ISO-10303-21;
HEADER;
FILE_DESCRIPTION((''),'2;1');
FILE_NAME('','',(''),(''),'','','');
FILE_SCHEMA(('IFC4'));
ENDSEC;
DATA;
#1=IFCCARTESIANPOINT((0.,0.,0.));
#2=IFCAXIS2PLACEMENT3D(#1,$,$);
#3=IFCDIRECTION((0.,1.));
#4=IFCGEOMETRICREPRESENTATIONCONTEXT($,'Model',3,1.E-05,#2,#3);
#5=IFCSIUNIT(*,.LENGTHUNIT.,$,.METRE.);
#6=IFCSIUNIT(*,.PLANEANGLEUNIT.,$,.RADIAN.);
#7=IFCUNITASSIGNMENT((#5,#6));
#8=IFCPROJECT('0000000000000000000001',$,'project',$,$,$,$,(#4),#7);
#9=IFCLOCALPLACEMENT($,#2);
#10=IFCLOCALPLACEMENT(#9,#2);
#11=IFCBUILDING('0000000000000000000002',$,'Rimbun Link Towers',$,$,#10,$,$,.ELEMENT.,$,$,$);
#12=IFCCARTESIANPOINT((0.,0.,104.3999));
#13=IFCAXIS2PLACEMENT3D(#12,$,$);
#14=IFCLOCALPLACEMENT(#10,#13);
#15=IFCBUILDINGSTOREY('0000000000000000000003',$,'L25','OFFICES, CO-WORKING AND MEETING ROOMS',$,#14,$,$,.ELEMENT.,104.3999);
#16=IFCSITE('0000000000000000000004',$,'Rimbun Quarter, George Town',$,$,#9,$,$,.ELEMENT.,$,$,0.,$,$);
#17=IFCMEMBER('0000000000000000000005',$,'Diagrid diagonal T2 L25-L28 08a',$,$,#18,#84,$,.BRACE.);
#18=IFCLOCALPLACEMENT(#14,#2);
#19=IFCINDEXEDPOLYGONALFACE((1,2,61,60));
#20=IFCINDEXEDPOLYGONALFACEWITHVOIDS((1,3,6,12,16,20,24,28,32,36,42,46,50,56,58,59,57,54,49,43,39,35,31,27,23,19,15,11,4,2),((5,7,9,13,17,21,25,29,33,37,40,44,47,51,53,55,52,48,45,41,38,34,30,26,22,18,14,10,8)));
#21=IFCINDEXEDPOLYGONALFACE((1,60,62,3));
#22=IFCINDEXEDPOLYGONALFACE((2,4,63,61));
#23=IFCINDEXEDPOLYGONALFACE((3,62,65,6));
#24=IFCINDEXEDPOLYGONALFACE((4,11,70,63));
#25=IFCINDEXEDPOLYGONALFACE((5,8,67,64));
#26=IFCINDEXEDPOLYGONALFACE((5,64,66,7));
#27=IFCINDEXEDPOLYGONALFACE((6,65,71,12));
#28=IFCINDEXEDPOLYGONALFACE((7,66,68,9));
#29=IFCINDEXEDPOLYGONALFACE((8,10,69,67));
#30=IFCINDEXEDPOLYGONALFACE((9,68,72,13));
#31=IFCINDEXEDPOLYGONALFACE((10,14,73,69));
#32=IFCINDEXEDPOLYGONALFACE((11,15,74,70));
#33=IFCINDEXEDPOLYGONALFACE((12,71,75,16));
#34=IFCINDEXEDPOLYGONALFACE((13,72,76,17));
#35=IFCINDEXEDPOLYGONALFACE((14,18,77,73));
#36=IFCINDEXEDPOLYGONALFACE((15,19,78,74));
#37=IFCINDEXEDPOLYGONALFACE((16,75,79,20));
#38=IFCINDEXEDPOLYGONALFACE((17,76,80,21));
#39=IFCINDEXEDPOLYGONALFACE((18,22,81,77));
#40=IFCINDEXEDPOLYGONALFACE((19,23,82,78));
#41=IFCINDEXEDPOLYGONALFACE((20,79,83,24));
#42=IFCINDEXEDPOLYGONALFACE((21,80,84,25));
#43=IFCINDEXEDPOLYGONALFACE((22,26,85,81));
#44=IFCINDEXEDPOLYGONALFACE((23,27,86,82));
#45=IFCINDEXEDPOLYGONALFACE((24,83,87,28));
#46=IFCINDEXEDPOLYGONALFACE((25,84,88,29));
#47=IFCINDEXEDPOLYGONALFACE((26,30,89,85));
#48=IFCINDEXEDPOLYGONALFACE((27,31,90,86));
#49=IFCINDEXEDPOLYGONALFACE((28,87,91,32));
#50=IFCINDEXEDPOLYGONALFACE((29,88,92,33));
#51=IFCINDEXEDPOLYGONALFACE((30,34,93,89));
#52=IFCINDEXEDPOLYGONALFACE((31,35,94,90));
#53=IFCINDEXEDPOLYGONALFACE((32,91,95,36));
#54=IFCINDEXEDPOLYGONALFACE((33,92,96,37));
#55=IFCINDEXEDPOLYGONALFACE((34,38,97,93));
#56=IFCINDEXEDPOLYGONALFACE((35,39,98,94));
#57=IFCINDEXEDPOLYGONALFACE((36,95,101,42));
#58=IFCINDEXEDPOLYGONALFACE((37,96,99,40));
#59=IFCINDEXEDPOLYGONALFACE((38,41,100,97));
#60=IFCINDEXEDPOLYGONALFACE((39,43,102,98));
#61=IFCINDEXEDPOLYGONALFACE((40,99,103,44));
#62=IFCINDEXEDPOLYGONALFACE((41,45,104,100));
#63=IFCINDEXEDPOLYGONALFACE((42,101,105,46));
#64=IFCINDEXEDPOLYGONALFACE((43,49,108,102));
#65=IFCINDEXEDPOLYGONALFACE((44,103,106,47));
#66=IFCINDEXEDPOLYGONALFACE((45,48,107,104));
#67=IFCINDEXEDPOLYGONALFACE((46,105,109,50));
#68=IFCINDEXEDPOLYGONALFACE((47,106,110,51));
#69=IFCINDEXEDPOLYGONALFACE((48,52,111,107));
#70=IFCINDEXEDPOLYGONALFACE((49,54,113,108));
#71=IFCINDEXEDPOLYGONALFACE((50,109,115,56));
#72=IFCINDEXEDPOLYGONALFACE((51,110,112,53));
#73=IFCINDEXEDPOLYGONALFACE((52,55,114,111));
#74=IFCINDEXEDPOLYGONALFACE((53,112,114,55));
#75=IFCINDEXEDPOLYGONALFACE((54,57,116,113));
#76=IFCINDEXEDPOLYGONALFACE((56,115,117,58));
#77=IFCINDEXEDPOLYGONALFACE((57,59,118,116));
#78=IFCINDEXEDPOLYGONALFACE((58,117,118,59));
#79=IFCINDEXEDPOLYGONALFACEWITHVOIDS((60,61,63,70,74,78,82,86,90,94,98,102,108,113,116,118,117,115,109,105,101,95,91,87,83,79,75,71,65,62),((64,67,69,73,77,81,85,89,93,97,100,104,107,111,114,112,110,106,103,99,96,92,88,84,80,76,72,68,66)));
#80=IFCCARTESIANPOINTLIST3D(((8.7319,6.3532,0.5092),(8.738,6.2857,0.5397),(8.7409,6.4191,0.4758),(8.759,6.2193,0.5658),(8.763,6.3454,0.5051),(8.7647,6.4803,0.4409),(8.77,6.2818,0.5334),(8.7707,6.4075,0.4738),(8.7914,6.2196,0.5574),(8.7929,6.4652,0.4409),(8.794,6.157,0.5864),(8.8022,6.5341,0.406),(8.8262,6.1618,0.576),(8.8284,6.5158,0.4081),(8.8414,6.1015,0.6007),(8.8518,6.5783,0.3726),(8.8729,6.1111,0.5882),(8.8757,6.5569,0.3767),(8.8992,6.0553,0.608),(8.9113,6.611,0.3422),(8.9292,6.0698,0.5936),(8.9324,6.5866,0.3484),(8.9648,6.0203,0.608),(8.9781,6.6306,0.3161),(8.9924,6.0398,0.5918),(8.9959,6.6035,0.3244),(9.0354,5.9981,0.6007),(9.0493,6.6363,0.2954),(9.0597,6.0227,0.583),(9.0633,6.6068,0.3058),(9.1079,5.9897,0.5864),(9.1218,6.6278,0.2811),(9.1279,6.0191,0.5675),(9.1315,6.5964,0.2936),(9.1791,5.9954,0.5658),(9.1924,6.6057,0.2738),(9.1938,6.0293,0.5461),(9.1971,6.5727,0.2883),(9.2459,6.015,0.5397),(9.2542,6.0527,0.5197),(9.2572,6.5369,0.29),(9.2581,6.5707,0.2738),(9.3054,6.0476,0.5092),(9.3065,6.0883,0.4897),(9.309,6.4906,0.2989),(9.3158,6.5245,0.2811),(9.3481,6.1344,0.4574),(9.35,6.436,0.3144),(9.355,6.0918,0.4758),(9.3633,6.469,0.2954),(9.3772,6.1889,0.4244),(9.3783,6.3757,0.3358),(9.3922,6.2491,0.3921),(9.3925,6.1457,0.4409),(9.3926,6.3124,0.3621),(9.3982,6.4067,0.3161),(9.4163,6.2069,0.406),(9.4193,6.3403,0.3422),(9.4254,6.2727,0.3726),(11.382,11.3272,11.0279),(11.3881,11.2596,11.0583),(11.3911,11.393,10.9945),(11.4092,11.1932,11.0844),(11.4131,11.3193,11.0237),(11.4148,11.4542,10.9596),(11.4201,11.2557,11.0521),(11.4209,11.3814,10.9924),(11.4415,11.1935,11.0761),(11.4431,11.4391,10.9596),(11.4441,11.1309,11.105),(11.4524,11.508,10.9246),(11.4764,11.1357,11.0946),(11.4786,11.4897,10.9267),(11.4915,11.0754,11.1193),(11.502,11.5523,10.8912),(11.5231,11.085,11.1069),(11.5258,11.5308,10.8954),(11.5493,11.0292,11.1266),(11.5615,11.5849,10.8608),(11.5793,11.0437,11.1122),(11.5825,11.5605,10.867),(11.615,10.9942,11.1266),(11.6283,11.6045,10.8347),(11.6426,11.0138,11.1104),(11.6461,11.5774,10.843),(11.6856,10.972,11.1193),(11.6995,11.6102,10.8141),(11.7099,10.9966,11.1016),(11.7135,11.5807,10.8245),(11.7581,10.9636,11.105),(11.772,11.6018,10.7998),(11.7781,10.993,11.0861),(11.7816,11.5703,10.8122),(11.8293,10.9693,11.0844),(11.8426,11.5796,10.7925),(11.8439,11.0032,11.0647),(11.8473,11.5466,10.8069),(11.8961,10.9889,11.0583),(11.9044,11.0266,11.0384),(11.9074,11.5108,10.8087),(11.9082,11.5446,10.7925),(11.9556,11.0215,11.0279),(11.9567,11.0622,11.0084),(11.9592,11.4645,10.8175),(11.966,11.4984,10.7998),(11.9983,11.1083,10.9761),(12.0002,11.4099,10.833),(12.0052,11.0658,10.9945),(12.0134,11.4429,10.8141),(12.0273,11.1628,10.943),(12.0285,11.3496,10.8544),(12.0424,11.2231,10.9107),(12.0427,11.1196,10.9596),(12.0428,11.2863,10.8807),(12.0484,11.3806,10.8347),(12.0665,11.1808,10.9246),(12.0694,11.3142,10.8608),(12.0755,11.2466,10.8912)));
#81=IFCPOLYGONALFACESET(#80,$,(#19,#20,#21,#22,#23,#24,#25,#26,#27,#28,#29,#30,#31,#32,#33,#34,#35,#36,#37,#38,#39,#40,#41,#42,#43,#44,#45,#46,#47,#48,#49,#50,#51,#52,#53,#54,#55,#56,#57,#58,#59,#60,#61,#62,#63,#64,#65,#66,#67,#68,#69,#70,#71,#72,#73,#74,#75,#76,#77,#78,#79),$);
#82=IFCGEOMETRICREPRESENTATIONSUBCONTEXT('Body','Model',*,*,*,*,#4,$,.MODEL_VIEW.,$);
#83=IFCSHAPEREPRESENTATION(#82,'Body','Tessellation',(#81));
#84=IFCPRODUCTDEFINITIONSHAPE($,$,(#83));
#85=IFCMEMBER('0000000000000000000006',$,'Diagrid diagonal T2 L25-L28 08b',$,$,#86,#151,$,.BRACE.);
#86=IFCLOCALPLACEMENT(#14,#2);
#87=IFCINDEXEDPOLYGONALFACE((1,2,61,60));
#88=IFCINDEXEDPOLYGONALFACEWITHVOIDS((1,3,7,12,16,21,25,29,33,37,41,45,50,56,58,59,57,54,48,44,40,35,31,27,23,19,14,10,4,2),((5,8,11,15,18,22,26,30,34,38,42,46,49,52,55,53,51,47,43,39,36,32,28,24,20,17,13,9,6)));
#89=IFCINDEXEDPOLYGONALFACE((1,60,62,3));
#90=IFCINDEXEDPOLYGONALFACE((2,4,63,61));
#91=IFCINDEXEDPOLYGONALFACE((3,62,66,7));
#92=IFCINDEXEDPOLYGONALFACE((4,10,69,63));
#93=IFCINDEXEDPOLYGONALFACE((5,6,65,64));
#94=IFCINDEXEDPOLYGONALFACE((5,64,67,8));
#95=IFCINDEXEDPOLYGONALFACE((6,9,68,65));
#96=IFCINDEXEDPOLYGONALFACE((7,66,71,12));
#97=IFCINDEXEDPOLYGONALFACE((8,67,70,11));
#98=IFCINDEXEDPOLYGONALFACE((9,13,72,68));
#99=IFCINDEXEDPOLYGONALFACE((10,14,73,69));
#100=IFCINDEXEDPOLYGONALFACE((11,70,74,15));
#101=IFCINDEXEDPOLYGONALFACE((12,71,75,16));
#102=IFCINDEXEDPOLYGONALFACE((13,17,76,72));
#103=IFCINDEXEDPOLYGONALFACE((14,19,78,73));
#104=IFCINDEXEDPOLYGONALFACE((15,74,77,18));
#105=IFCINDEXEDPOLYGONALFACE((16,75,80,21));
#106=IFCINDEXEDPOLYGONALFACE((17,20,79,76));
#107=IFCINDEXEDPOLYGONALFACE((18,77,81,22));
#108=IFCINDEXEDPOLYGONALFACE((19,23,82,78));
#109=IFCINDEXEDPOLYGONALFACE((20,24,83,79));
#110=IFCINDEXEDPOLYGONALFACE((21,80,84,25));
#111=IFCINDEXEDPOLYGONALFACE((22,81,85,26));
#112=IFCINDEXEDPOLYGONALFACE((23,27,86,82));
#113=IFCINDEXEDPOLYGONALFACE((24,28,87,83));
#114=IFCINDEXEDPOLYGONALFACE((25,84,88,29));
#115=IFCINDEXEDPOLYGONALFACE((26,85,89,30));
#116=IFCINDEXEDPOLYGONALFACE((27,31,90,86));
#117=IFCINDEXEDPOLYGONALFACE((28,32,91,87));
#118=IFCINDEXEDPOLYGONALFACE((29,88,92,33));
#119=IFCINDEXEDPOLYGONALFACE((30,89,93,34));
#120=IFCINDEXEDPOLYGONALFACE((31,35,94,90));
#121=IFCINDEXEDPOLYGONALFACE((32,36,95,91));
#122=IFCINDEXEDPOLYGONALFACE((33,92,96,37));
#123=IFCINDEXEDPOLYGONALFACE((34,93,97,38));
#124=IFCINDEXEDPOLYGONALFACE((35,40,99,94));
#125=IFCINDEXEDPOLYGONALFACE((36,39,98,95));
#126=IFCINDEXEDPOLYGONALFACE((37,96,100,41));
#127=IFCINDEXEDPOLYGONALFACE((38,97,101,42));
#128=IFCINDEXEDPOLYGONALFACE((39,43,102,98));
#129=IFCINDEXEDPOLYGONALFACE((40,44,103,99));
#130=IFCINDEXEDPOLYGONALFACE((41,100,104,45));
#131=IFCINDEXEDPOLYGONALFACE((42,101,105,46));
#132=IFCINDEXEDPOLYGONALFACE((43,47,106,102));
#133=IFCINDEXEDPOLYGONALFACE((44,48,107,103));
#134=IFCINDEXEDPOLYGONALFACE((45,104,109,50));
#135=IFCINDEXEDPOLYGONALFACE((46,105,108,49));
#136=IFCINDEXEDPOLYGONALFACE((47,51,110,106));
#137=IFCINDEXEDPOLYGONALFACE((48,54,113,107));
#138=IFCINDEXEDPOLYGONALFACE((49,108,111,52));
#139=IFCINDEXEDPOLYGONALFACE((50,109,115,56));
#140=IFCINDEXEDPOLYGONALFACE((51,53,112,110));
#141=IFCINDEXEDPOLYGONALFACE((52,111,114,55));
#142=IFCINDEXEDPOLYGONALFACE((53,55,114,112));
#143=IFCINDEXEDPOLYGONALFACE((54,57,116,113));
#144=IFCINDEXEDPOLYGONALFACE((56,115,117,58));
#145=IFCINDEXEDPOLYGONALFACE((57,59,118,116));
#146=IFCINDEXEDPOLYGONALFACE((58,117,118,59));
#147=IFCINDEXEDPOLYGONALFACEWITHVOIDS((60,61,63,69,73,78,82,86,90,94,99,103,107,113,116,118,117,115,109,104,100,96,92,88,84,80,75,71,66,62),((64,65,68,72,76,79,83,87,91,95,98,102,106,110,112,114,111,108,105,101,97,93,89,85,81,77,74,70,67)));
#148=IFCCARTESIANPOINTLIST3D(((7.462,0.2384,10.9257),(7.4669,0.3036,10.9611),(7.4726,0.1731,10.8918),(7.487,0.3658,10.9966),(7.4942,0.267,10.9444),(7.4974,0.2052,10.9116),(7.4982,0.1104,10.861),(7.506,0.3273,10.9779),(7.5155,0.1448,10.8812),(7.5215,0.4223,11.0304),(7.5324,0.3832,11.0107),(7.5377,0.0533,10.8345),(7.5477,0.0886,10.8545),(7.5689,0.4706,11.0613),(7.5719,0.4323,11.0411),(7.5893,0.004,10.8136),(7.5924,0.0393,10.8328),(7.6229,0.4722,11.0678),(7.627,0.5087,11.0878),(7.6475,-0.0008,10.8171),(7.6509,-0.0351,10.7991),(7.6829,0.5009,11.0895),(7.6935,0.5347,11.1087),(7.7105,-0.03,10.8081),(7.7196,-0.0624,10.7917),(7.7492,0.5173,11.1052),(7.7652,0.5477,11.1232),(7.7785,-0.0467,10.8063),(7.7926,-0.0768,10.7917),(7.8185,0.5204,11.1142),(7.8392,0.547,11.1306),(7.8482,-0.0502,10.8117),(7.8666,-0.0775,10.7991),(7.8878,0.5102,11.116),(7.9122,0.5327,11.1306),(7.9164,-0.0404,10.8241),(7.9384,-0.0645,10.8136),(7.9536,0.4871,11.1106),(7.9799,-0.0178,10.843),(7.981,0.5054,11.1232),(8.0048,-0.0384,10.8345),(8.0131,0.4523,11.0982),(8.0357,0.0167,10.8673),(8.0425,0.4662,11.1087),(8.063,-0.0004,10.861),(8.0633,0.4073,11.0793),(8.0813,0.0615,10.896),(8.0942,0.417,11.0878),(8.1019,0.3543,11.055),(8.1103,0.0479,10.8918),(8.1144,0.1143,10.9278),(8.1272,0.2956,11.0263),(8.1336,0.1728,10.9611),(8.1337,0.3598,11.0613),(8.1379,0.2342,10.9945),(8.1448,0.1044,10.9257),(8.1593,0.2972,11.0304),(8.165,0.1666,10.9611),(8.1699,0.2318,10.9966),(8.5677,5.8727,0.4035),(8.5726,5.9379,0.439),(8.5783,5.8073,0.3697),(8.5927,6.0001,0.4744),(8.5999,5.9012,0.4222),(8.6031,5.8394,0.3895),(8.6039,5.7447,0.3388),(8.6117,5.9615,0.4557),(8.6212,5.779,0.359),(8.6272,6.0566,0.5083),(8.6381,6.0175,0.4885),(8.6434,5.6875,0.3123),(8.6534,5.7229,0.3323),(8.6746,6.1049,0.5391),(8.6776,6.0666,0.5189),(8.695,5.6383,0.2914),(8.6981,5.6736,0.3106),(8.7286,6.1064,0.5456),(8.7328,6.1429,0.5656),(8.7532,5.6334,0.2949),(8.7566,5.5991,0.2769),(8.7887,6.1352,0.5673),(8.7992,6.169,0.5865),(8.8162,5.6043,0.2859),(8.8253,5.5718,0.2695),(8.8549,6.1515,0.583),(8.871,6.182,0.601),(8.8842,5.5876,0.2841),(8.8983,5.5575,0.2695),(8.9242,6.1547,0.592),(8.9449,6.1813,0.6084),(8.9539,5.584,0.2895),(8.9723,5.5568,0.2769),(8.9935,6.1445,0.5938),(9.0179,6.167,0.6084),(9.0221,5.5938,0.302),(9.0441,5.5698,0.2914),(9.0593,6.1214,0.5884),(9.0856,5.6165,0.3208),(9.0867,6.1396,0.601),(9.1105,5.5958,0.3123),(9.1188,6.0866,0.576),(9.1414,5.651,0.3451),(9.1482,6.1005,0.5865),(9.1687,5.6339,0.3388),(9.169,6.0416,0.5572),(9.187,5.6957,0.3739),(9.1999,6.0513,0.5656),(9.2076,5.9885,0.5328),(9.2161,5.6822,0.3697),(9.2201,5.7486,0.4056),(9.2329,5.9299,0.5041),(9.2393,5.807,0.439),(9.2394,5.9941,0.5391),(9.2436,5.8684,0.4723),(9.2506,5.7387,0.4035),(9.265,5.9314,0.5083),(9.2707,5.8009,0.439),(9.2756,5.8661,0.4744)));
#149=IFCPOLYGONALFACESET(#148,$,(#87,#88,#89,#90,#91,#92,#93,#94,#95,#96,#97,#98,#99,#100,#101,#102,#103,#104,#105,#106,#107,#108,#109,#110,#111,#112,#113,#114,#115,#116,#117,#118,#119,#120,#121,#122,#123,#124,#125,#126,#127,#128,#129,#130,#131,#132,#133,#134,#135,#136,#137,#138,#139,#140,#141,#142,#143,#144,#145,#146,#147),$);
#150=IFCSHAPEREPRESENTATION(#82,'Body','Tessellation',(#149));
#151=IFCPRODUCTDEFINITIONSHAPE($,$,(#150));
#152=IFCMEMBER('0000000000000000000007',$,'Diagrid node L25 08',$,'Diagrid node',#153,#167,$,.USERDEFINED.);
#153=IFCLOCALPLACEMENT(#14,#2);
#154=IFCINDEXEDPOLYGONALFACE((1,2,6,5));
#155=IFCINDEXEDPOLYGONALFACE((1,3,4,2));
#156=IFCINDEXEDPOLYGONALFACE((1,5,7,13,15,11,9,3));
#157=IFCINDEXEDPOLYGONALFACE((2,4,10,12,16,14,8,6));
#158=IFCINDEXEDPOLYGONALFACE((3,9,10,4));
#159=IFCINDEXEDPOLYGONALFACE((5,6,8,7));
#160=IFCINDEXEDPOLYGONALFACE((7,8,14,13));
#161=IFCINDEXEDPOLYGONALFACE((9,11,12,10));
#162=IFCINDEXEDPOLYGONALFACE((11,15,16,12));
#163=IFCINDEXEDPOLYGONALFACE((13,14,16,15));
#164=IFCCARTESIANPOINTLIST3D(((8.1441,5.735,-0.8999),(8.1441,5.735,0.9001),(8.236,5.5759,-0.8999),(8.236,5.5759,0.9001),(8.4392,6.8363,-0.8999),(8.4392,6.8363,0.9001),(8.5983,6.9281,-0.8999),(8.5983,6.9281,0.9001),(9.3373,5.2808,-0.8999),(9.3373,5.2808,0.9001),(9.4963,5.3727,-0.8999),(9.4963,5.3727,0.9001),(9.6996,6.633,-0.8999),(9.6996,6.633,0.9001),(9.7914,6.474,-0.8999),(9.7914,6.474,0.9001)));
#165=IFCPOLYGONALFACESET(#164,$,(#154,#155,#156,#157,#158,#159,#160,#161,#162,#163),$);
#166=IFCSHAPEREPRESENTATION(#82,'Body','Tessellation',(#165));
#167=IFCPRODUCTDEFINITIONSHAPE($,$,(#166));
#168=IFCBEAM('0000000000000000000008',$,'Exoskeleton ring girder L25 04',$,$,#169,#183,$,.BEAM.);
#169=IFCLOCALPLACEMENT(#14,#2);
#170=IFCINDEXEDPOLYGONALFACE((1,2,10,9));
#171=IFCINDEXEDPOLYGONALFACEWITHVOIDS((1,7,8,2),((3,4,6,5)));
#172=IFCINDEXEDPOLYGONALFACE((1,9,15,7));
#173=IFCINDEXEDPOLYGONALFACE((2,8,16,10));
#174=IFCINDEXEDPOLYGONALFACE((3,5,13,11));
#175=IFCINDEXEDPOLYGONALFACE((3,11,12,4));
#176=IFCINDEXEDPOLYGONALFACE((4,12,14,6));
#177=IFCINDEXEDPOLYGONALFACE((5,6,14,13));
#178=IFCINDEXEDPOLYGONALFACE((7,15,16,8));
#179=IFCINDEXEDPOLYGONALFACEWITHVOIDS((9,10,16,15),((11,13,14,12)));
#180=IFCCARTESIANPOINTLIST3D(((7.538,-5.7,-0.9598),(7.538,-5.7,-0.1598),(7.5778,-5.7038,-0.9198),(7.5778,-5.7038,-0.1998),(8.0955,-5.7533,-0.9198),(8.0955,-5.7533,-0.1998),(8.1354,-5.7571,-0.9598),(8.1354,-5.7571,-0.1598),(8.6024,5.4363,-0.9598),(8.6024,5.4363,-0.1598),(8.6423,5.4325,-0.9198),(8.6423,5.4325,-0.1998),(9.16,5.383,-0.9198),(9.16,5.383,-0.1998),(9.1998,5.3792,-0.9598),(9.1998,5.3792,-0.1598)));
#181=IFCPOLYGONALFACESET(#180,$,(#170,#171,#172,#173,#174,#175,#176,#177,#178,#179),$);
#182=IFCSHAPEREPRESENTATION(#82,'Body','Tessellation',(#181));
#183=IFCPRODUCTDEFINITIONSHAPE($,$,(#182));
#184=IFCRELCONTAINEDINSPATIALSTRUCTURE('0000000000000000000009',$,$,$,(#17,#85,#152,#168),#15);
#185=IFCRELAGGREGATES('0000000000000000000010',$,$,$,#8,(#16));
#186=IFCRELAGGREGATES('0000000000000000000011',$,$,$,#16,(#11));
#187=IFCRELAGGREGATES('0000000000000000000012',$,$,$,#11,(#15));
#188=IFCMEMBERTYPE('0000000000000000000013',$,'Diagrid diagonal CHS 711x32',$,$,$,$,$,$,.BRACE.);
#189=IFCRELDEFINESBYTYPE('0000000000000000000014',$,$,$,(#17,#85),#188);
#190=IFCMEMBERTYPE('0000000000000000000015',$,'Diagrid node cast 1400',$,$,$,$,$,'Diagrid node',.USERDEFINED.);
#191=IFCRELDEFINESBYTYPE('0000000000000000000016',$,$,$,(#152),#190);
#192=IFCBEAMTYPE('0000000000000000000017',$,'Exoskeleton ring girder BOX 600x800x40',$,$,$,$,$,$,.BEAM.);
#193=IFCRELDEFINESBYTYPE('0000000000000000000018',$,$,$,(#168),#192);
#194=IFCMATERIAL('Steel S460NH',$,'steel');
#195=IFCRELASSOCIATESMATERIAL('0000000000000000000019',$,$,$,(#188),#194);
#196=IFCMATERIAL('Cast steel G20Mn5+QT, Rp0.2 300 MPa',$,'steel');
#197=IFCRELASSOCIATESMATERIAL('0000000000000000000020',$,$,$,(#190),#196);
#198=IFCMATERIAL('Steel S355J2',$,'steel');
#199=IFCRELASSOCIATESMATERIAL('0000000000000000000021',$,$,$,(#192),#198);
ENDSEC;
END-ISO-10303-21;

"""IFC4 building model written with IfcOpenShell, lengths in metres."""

from ifc_helpers import new_model, si_unit, direction, frame, origin, origin_2d, place, context, subcontext, project, spatial, polyline, hollow_rectangle, hollow_circle, outline, extrude, material, material_profile, profile_set, type_object, element, save


model = new_model("IFC4")

# Units and contexts
model_context = context("Model", 3, precision=1e-05, world=origin(), true_north=direction((0.0, 1.0)))
body_context = subcontext(model_context, "Body", "Model", "MODEL_VIEW")
ifc_project = project(units=[si_unit("LENGTHUNIT", "METRE"), si_unit("PLANEANGLEUNIT", "RADIAN")], contexts=[model_context])

# Site, building, storey
site_placement = place(None, origin())
site = spatial("IfcSite", under=ifc_project, at=site_placement, Name="Rimbun Quarter, George Town", CompositionType="ELEMENT", RefElevation=0.0)
building_placement = place(site_placement, origin())
building = spatial("IfcBuilding", under=site, at=building_placement, Name="Rimbun Link Towers", CompositionType="ELEMENT")
storey_placement = place(building_placement, frame((0.0, 0.0, 104.3999)))
storey = spatial("IfcBuildingStorey", under=building, at=storey_placement, Name="L25", Description="OFFICES, CO-WORKING AND MEETING ROOMS", CompositionType="ELEMENT", Elevation=104.3999)

# Members
ifc_material_1 = material(Name="Steel S460NH", Category="steel")
ifc_material_profile_1 = material_profile(ifc_material_1, hollow_circle(Radius=0.3557, WallThickness=0.032, at=origin_2d()), Name="Diagrid diagonal CHS 711x32")
ifc_profile_set_1 = profile_set([ifc_material_profile_1], Name="Steel S460NH")
member_type_1 = type_object("IfcMemberType", Name="Diagrid diagonal CHS 711x32", PredefinedType="BRACE", material=ifc_profile_set_1)
member_1_placement = place(storey_placement, frame((9.0786, 6.313, 0.4409), z_axis=(0.222081, 0.416808, 0.881448), x_axis=(-0.882544, 0.470231, 0.0)))
element("IfcMember", 1, at=member_1_placement, inside=storey, type_object=member_type_1, Name="Diagrid diagonal T2 L25-L28 08a", PredefinedType="BRACE", context=body_context, shape_type="SweptSolid", body=[
    extrude(hollow_circle(Radius=0.3557, WallThickness=0.032, at=origin_2d()), origin(), (0.0, 0.0, 1.0), 11.9333),
])
member_2_placement = place(storey_placement, frame((8.9216, 5.8694, 0.439), z_axis=(-0.092244, -0.470038, 0.877813), x_axis=(0.981282, -0.192574, 0.0)))
element("IfcMember", 2, at=member_2_placement, inside=storey, type_object=member_type_1, Name="Diagrid diagonal T2 L25-L28 08b", PredefinedType="BRACE", context=body_context, shape_type="SweptSolid", body=[
    extrude(hollow_circle(Radius=0.3557, WallThickness=0.032, at=origin_2d()), origin(), (0.0, 0.0, 1.0), 11.9868),
])
ifc_material_2 = material(Name="Cast steel G20Mn5+QT, Rp0.2 300 MPa", Category="steel")
ifc_material_profile_2 = material_profile(ifc_material_2, outline(polyline([(0.7, -0.5701), (0.7, 0.5701), (0.5701, 0.7), (-0.5701, 0.7), (-0.7, 0.5701), (-0.7, -0.5701), (-0.5701, -0.7), (0.5701, -0.7), (0.7, -0.5701)])), Name="NODE 1400x1400")
ifc_profile_set_2 = profile_set([ifc_material_profile_2], Name="Cast steel G20Mn5+QT, Rp0.2 300 MPa")
member_type_2 = type_object("IfcMemberType", Name="Diagrid node cast 1400", ElementType="Diagrid node", PredefinedType="USERDEFINED", material=ifc_profile_set_2)
member_3_placement = place(storey_placement, frame((8.9678, 6.1045, -0.8999), z_axis=(0.0, 0.0, 1.0), x_axis=(-0.965926, 0.258819, 0.0)))
element("IfcMember", 3, at=member_3_placement, inside=storey, type_object=member_type_2, Name="Diagrid node L25 08", ObjectType="Diagrid node", PredefinedType="USERDEFINED", context=body_context, shape_type="SweptSolid", body=[
    extrude(outline(polyline([(0.7, -0.5701), (0.7, 0.5701), (0.5701, 0.7), (-0.5701, 0.7), (-0.7, 0.5701), (-0.7, -0.5701), (-0.5701, -0.7), (0.5701, -0.7), (0.7, -0.5701)])), origin(), (0.0, 0.0, 1.0), 1.8),
])

# Beam
ifc_material_3 = material(Name="Steel S355J2", Category="steel")
ifc_material_profile_3 = material_profile(ifc_material_3, hollow_rectangle(XDim=0.6001, YDim=0.8, WallThickness=0.04, at=origin_2d()), Name="Exoskeleton ring girder BOX 600x800x40")
ifc_profile_set_3 = profile_set([ifc_material_profile_3], Name="Steel S355J2")
beam_type_1 = type_object("IfcBeamType", Name="Exoskeleton ring girder BOX 600x800x40", PredefinedType="BEAM", material=ifc_profile_set_3)
beam_1_placement = place(storey_placement, frame((8.9011, 5.4077, -0.5598), z_axis=(-0.095151, -0.995463, 0.0), x_axis=(0.995463, -0.095151, 0.0)))
element("IfcBeam", 4, at=beam_1_placement, inside=storey, type_object=beam_type_1, Name="Exoskeleton ring girder L25 04", PredefinedType="BEAM", context=body_context, shape_type="SweptSolid", body=[
    extrude(hollow_rectangle(XDim=0.6001, YDim=0.8, WallThickness=0.04, at=origin_2d()), origin(), (0.0, 0.0, 1.0), 11.187),
])

save(model, "model.ifc")
